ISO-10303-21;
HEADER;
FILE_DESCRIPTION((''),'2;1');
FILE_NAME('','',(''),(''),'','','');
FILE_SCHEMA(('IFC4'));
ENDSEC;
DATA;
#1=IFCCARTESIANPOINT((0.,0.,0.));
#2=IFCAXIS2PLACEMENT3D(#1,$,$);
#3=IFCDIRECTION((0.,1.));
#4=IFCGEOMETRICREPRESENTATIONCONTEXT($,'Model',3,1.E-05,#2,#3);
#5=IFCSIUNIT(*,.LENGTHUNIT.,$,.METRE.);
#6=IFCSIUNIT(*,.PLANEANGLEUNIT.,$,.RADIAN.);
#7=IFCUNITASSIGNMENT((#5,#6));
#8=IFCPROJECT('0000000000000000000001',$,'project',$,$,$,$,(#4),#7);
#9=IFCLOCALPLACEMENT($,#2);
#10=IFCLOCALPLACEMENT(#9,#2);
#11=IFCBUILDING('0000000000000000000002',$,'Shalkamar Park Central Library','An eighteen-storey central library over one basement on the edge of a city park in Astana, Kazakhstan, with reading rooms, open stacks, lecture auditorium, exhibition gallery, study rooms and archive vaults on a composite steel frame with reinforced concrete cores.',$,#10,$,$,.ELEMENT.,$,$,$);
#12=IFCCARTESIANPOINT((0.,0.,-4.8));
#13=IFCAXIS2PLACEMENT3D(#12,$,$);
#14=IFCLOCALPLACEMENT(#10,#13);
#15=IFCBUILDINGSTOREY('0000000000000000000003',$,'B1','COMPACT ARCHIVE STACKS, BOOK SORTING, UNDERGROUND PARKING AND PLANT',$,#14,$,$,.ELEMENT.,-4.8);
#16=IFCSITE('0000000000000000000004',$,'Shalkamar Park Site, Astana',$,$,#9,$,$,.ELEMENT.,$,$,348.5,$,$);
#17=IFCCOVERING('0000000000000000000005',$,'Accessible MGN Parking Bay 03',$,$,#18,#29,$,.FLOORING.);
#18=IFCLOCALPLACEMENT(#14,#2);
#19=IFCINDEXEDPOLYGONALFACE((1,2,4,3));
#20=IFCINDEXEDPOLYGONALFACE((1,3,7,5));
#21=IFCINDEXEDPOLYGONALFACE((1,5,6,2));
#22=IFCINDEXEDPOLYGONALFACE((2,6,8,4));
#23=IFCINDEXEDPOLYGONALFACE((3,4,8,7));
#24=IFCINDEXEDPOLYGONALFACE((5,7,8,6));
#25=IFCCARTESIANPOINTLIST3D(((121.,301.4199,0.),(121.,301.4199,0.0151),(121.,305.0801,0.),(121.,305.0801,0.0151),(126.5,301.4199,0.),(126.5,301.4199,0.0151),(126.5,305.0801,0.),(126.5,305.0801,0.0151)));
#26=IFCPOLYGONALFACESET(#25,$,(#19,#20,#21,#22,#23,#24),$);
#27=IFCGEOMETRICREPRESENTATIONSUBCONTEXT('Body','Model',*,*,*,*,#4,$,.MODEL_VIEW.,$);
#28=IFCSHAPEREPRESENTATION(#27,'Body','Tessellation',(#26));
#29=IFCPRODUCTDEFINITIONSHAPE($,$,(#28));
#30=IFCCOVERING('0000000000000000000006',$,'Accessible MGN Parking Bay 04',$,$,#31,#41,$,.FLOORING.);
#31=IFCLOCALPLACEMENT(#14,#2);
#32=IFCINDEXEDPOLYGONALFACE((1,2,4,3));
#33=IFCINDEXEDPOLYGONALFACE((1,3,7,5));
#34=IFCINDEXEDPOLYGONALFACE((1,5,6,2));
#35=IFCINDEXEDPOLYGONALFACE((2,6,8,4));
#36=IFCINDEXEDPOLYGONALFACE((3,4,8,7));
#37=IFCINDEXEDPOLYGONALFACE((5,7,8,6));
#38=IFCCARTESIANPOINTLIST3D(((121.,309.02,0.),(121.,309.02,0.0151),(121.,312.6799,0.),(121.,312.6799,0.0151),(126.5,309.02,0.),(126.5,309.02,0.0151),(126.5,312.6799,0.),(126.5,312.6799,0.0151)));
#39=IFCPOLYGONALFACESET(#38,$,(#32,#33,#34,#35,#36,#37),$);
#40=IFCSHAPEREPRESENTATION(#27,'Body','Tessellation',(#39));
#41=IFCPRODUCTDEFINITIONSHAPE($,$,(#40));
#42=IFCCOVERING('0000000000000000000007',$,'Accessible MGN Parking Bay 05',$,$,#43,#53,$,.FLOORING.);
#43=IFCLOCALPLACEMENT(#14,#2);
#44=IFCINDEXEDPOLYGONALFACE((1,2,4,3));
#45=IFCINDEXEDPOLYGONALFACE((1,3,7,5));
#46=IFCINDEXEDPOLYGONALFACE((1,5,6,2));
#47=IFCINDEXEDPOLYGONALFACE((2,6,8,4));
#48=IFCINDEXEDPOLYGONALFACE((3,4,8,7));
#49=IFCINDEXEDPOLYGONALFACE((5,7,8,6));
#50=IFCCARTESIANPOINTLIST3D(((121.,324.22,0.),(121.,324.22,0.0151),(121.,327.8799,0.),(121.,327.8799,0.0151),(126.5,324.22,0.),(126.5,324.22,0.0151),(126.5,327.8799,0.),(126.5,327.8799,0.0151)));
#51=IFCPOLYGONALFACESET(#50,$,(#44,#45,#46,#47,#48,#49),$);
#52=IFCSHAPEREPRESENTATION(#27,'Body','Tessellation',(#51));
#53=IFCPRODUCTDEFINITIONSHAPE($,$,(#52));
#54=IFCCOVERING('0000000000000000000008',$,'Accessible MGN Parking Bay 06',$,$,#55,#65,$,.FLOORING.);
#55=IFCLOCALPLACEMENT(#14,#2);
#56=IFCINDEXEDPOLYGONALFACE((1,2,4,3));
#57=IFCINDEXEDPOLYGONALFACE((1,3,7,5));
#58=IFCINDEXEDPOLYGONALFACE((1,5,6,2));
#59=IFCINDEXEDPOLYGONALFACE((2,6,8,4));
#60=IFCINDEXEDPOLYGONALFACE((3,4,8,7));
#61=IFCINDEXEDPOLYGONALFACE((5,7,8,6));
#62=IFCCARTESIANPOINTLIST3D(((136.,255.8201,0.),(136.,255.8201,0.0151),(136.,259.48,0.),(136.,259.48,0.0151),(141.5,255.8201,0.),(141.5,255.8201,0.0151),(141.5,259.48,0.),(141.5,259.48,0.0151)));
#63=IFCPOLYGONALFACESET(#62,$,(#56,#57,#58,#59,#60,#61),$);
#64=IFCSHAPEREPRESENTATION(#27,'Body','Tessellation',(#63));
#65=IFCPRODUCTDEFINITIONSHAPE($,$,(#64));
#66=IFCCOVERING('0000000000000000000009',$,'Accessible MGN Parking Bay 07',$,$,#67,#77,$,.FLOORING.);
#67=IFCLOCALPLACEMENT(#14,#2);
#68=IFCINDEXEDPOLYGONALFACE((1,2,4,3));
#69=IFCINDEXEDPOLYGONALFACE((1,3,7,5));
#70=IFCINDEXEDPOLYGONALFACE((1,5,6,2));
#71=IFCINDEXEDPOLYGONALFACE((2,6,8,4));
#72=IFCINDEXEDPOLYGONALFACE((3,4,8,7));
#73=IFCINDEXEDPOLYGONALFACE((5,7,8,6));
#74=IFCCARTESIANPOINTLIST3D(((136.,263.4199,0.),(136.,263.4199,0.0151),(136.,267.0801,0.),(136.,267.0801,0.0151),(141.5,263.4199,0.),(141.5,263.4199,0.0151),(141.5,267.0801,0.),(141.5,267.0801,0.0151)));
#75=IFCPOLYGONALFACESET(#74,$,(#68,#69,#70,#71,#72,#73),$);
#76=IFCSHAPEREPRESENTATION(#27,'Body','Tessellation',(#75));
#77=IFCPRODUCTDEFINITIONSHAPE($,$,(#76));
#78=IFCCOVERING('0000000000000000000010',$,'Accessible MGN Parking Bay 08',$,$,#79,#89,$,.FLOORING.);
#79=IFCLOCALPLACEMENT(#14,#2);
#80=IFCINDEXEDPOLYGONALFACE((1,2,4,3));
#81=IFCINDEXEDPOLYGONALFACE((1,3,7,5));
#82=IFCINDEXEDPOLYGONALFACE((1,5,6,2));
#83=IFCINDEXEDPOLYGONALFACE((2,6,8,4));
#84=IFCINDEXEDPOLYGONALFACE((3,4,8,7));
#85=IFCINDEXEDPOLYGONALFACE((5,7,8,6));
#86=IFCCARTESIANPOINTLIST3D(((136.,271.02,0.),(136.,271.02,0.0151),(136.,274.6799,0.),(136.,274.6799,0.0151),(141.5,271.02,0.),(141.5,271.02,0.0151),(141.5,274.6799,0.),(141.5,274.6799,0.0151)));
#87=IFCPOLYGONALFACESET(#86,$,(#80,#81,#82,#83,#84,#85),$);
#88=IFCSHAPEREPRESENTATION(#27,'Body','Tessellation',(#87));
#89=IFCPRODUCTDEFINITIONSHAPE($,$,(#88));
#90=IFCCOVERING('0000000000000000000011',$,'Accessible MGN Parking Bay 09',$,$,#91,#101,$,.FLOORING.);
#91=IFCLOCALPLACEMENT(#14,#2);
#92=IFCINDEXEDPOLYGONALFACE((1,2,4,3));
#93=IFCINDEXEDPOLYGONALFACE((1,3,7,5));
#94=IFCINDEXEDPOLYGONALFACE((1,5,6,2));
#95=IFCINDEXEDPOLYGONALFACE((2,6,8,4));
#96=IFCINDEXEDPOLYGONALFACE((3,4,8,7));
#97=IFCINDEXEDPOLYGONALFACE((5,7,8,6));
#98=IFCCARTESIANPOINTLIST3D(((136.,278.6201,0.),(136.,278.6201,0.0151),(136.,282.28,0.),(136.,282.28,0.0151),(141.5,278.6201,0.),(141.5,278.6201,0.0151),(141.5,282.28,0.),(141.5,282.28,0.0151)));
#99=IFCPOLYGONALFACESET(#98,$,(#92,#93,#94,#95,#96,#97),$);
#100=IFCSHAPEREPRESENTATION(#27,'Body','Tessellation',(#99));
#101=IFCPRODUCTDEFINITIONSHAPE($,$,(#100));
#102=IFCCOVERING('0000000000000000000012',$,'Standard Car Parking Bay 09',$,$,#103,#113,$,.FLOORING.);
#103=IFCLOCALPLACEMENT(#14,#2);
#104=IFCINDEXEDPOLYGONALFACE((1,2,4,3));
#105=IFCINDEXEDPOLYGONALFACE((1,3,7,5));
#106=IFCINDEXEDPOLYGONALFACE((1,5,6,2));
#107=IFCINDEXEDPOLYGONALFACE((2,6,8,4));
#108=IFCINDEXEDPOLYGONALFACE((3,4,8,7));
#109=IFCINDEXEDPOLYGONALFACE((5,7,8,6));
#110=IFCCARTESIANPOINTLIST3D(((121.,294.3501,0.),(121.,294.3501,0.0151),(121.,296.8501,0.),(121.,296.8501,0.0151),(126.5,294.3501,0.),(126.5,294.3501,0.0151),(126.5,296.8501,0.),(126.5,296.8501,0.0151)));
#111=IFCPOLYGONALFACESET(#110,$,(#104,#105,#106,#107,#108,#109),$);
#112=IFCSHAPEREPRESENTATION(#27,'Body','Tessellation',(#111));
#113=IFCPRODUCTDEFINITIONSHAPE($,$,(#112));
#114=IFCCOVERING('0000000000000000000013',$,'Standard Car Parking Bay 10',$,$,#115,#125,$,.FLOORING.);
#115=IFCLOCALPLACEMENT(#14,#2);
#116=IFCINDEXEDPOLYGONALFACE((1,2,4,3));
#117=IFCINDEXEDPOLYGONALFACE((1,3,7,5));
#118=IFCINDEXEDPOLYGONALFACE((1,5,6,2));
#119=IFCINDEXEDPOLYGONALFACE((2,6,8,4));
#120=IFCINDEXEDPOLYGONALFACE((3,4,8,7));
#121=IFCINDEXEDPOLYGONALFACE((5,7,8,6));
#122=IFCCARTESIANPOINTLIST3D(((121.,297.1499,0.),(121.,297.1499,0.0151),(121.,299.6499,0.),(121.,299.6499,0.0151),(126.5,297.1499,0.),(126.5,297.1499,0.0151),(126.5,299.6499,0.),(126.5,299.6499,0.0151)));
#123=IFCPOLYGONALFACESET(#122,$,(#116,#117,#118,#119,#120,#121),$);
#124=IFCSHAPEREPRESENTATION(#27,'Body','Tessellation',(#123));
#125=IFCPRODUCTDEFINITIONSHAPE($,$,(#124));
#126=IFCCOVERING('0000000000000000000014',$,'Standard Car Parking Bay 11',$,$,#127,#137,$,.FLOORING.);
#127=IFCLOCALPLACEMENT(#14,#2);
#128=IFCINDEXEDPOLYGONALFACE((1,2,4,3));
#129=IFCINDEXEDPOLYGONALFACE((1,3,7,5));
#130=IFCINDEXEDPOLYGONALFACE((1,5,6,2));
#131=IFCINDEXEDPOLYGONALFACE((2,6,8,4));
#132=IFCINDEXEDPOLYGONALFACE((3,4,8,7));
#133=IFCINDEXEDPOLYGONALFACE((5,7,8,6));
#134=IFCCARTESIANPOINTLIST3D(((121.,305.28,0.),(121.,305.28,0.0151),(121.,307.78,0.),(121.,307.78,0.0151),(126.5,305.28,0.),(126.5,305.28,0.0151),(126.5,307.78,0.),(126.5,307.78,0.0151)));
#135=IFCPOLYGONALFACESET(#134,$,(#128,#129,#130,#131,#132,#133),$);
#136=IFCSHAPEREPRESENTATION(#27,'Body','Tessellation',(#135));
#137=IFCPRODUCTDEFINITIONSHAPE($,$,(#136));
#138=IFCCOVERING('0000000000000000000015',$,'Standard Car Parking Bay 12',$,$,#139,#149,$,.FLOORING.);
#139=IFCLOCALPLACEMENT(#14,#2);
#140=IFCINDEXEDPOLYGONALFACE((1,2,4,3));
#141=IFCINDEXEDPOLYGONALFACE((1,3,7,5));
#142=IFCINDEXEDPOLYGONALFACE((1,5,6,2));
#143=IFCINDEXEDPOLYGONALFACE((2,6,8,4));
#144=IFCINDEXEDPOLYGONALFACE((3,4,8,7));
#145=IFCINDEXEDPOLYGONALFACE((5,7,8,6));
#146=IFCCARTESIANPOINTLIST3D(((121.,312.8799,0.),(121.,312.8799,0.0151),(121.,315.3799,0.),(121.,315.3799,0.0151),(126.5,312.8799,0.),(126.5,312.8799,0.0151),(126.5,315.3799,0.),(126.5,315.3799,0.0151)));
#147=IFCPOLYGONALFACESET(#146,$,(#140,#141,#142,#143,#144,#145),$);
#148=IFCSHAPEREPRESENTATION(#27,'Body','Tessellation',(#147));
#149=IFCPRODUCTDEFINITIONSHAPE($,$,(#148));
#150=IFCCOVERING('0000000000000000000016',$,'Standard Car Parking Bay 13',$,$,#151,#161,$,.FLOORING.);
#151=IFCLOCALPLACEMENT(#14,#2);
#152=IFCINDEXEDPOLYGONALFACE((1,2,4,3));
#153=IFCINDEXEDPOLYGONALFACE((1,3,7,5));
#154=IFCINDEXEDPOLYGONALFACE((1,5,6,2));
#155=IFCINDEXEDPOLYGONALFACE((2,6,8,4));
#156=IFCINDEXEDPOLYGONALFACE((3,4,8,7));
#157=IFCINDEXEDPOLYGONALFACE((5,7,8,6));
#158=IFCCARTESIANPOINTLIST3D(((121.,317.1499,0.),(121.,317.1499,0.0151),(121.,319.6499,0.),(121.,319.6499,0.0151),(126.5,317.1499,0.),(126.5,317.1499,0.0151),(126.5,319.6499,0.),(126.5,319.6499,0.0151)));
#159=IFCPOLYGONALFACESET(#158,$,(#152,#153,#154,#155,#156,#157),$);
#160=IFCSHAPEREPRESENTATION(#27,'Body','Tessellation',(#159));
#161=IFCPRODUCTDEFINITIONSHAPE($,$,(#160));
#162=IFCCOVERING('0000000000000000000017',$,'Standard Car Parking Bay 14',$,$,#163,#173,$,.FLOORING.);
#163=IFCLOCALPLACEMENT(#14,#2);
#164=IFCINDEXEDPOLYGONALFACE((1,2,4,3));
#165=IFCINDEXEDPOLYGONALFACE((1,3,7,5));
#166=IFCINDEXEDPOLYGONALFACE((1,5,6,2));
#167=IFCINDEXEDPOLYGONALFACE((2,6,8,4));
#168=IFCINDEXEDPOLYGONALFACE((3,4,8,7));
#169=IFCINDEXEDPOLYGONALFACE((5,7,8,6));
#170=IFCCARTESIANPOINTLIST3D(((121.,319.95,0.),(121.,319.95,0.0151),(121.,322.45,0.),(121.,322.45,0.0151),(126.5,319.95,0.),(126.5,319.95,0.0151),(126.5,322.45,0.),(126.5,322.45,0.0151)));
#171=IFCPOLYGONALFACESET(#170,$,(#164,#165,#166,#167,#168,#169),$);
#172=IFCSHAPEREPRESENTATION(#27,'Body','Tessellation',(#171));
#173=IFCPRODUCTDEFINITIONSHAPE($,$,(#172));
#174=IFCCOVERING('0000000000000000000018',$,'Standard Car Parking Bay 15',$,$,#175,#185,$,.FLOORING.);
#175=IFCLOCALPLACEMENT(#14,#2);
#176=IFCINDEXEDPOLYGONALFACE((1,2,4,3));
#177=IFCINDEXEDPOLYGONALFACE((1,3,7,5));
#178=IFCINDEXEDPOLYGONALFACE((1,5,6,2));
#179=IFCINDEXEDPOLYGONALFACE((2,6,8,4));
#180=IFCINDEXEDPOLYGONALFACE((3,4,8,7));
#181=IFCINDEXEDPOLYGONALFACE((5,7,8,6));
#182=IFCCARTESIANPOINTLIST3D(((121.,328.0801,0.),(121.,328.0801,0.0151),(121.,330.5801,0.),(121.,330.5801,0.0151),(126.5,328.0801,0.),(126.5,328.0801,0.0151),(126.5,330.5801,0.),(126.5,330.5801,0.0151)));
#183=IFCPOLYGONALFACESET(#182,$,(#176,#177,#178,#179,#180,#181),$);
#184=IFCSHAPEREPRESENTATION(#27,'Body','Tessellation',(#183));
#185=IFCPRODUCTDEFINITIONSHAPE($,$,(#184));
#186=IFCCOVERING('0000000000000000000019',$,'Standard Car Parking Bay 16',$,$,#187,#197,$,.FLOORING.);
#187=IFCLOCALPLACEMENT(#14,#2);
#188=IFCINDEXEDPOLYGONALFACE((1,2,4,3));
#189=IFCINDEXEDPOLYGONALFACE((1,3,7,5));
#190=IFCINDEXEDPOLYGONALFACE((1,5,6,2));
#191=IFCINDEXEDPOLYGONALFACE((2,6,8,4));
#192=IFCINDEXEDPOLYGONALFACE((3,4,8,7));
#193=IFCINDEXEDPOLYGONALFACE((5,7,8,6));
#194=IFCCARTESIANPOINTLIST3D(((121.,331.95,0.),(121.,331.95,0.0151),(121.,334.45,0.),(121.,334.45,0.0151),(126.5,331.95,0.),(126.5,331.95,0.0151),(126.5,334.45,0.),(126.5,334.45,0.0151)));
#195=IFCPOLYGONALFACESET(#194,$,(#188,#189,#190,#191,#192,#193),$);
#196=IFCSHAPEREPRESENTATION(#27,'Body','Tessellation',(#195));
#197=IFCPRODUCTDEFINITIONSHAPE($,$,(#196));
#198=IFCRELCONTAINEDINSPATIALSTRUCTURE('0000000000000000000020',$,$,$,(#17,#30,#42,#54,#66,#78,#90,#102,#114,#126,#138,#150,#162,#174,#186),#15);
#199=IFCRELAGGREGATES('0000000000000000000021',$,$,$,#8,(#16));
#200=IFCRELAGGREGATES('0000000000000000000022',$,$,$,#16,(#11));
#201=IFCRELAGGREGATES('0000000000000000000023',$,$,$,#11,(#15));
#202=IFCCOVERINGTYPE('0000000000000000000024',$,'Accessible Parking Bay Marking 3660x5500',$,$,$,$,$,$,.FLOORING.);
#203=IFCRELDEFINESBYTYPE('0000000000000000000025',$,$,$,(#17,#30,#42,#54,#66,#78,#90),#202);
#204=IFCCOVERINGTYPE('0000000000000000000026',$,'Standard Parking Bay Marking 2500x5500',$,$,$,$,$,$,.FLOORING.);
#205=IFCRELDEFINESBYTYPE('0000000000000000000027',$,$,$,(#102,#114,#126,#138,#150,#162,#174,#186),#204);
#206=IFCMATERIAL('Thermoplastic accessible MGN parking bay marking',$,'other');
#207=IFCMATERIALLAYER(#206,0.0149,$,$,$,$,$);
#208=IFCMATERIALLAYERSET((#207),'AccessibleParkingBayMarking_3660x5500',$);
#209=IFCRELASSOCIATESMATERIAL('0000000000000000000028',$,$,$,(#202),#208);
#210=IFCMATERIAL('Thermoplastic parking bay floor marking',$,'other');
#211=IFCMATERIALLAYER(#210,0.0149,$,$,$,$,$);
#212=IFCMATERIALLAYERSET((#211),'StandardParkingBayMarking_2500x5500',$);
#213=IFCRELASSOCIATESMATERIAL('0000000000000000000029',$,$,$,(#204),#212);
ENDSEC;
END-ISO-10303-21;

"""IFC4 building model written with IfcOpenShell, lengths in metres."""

from ifc_helpers import new_model, si_unit, direction, frame, origin, place, context, subcontext, project, spatial, polyline, outline, extrude, material, layer, layer_set, type_object, element, save


model = new_model("IFC4")

# Units and contexts
model_context = context("Model", 3, precision=1e-05, world=origin(), true_north=direction((0.0, 1.0)))
body_context = subcontext(model_context, "Body", "Model", "MODEL_VIEW")
ifc_project = project(units=[si_unit("LENGTHUNIT", "METRE"), si_unit("PLANEANGLEUNIT", "RADIAN")], contexts=[model_context])

# Site, building, storey
site_placement = place(None, origin())
site = spatial("IfcSite", under=ifc_project, at=site_placement, Name="Shalkamar Park Site, Astana", CompositionType="ELEMENT", RefElevation=348.5)
building_placement = place(site_placement, origin())
building = spatial("IfcBuilding", under=site, at=building_placement, Name="Shalkamar Park Central Library", Description="An eighteen-storey central library over one basement on the edge of a city park in Astana, Kazakhstan, with reading rooms, open stacks, lecture auditorium, exhibition gallery, study rooms and archive vaults on a composite steel frame with reinforced concrete cores.", CompositionType="ELEMENT")
storey_placement = place(building_placement, frame((0.0, 0.0, -4.8)))
storey = spatial("IfcBuildingStorey", under=building, at=storey_placement, Name="B1", Description="COMPACT ARCHIVE STACKS, BOOK SORTING, UNDERGROUND PARKING AND PLANT", CompositionType="ELEMENT", Elevation=-4.8)

# Coverings
ifc_material_1 = material(Name="Thermoplastic accessible MGN parking bay marking", Category="other")
ifc_layer_1 = layer(ifc_material_1, 0.0149)
ifc_layer_set_1 = layer_set([ifc_layer_1], Name="AccessibleParkingBayMarking_3660x5500")
covering_type_1 = type_object("IfcCoveringType", Name="Accessible Parking Bay Marking 3660x5500", PredefinedType="FLOORING", material=ifc_layer_set_1)
covering_1_placement = place(storey_placement, origin())
element("IfcCovering", 1, at=covering_1_placement, inside=storey, type_object=covering_type_1, Name="Accessible MGN Parking Bay 03", PredefinedType="FLOORING", context=body_context, shape_type="SweptSolid", body=[
    extrude(outline(polyline([(121.0, 301.4199), (126.5, 301.4199), (126.5, 305.0801), (121.0, 305.0801), (121.0, 301.4199)])), origin(), (0.0, 0.0, 1.0), 0.0151),
])
covering_2_placement = place(storey_placement, origin())
element("IfcCovering", 2, at=covering_2_placement, inside=storey, type_object=covering_type_1, Name="Accessible MGN Parking Bay 04", PredefinedType="FLOORING", context=body_context, shape_type="SweptSolid", body=[
    extrude(outline(polyline([(121.0, 309.02), (126.5, 309.02), (126.5, 312.6799), (121.0, 312.6799), (121.0, 309.02)])), origin(), (0.0, 0.0, 1.0), 0.0151),
])
covering_3_placement = place(storey_placement, origin())
element("IfcCovering", 3, at=covering_3_placement, inside=storey, type_object=covering_type_1, Name="Accessible MGN Parking Bay 05", PredefinedType="FLOORING", context=body_context, shape_type="SweptSolid", body=[
    extrude(outline(polyline([(121.0, 324.22), (126.5, 324.22), (126.5, 327.8799), (121.0, 327.8799), (121.0, 324.22)])), origin(), (0.0, 0.0, 1.0), 0.0151),
])
covering_4_placement = place(storey_placement, origin())
element("IfcCovering", 4, at=covering_4_placement, inside=storey, type_object=covering_type_1, Name="Accessible MGN Parking Bay 06", PredefinedType="FLOORING", context=body_context, shape_type="SweptSolid", body=[
    extrude(outline(polyline([(136.0, 255.8201), (141.5, 255.8201), (141.5, 259.48), (136.0, 259.48), (136.0, 255.8201)])), origin(), (0.0, 0.0, 1.0), 0.0151),
])
covering_5_placement = place(storey_placement, origin())
element("IfcCovering", 5, at=covering_5_placement, inside=storey, type_object=covering_type_1, Name="Accessible MGN Parking Bay 07", PredefinedType="FLOORING", context=body_context, shape_type="SweptSolid", body=[
    extrude(outline(polyline([(136.0, 263.4199), (141.5, 263.4199), (141.5, 267.0801), (136.0, 267.0801), (136.0, 263.4199)])), origin(), (0.0, 0.0, 1.0), 0.0151),
])
covering_6_placement = place(storey_placement, origin())
element("IfcCovering", 6, at=covering_6_placement, inside=storey, type_object=covering_type_1, Name="Accessible MGN Parking Bay 08", PredefinedType="FLOORING", context=body_context, shape_type="SweptSolid", body=[
    extrude(outline(polyline([(136.0, 271.02), (141.5, 271.02), (141.5, 274.6799), (136.0, 274.6799), (136.0, 271.02)])), origin(), (0.0, 0.0, 1.0), 0.0151),
])
covering_7_placement = place(storey_placement, origin())
element("IfcCovering", 7, at=covering_7_placement, inside=storey, type_object=covering_type_1, Name="Accessible MGN Parking Bay 09", PredefinedType="FLOORING", context=body_context, shape_type="SweptSolid", body=[
    extrude(outline(polyline([(136.0, 278.6201), (141.5, 278.6201), (141.5, 282.28), (136.0, 282.28), (136.0, 278.6201)])), origin(), (0.0, 0.0, 1.0), 0.0151),
])
ifc_material_2 = material(Name="Thermoplastic parking bay floor marking", Category="other")
ifc_layer_2 = layer(ifc_material_2, 0.0149)
ifc_layer_set_2 = layer_set([ifc_layer_2], Name="StandardParkingBayMarking_2500x5500")
covering_type_2 = type_object("IfcCoveringType", Name="Standard Parking Bay Marking 2500x5500", PredefinedType="FLOORING", material=ifc_layer_set_2)
covering_8_placement = place(storey_placement, origin())
element("IfcCovering", 8, at=covering_8_placement, inside=storey, type_object=covering_type_2, Name="Standard Car Parking Bay 09", PredefinedType="FLOORING", context=body_context, shape_type="SweptSolid", body=[
    extrude(outline(polyline([(121.0, 294.3501), (126.5, 294.3501), (126.5, 296.8501), (121.0, 296.8501), (121.0, 294.3501)])), origin(), (0.0, 0.0, 1.0), 0.0151),
])
covering_9_placement = place(storey_placement, origin())
element("IfcCovering", 9, at=covering_9_placement, inside=storey, type_object=covering_type_2, Name="Standard Car Parking Bay 10", PredefinedType="FLOORING", context=body_context, shape_type="SweptSolid", body=[
    extrude(outline(polyline([(121.0, 297.1499), (126.5, 297.1499), (126.5, 299.6499), (121.0, 299.6499), (121.0, 297.1499)])), origin(), (0.0, 0.0, 1.0), 0.0151),
])
covering_10_placement = place(storey_placement, origin())
element("IfcCovering", 10, at=covering_10_placement, inside=storey, type_object=covering_type_2, Name="Standard Car Parking Bay 11", PredefinedType="FLOORING", context=body_context, shape_type="SweptSolid", body=[
    extrude(outline(polyline([(121.0, 305.28), (126.5, 305.28), (126.5, 307.78), (121.0, 307.78), (121.0, 305.28)])), origin(), (0.0, 0.0, 1.0), 0.0151),
])
covering_11_placement = place(storey_placement, origin())
element("IfcCovering", 11, at=covering_11_placement, inside=storey, type_object=covering_type_2, Name="Standard Car Parking Bay 12", PredefinedType="FLOORING", context=body_context, shape_type="SweptSolid", body=[
    extrude(outline(polyline([(121.0, 312.8799), (126.5, 312.8799), (126.5, 315.3799), (121.0, 315.3799), (121.0, 312.8799)])), origin(), (0.0, 0.0, 1.0), 0.0151),
])
covering_12_placement = place(storey_placement, origin())
element("IfcCovering", 12, at=covering_12_placement, inside=storey, type_object=covering_type_2, Name="Standard Car Parking Bay 13", PredefinedType="FLOORING", context=body_context, shape_type="SweptSolid", body=[
    extrude(outline(polyline([(121.0, 317.1499), (126.5, 317.1499), (126.5, 319.6499), (121.0, 319.6499), (121.0, 317.1499)])), origin(), (0.0, 0.0, 1.0), 0.0151),
])
covering_13_placement = place(storey_placement, origin())
element("IfcCovering", 13, at=covering_13_placement, inside=storey, type_object=covering_type_2, Name="Standard Car Parking Bay 14", PredefinedType="FLOORING", context=body_context, shape_type="SweptSolid", body=[
    extrude(outline(polyline([(121.0, 319.95), (126.5, 319.95), (126.5, 322.45), (121.0, 322.45), (121.0, 319.95)])), origin(), (0.0, 0.0, 1.0), 0.0151),
])
covering_14_placement = place(storey_placement, origin())
element("IfcCovering", 14, at=covering_14_placement, inside=storey, type_object=covering_type_2, Name="Standard Car Parking Bay 15", PredefinedType="FLOORING", context=body_context, shape_type="SweptSolid", body=[
    extrude(outline(polyline([(121.0, 328.0801), (126.5, 328.0801), (126.5, 330.5801), (121.0, 330.5801), (121.0, 328.0801)])), origin(), (0.0, 0.0, 1.0), 0.0151),
])
covering_15_placement = place(storey_placement, origin())
element("IfcCovering", 15, at=covering_15_placement, inside=storey, type_object=covering_type_2, Name="Standard Car Parking Bay 16", PredefinedType="FLOORING", context=body_context, shape_type="SweptSolid", body=[
    extrude(outline(polyline([(121.0, 331.95), (126.5, 331.95), (126.5, 334.45), (121.0, 334.45), (121.0, 331.95)])), origin(), (0.0, 0.0, 1.0), 0.0151),
])

save(model, "model.ifc")
